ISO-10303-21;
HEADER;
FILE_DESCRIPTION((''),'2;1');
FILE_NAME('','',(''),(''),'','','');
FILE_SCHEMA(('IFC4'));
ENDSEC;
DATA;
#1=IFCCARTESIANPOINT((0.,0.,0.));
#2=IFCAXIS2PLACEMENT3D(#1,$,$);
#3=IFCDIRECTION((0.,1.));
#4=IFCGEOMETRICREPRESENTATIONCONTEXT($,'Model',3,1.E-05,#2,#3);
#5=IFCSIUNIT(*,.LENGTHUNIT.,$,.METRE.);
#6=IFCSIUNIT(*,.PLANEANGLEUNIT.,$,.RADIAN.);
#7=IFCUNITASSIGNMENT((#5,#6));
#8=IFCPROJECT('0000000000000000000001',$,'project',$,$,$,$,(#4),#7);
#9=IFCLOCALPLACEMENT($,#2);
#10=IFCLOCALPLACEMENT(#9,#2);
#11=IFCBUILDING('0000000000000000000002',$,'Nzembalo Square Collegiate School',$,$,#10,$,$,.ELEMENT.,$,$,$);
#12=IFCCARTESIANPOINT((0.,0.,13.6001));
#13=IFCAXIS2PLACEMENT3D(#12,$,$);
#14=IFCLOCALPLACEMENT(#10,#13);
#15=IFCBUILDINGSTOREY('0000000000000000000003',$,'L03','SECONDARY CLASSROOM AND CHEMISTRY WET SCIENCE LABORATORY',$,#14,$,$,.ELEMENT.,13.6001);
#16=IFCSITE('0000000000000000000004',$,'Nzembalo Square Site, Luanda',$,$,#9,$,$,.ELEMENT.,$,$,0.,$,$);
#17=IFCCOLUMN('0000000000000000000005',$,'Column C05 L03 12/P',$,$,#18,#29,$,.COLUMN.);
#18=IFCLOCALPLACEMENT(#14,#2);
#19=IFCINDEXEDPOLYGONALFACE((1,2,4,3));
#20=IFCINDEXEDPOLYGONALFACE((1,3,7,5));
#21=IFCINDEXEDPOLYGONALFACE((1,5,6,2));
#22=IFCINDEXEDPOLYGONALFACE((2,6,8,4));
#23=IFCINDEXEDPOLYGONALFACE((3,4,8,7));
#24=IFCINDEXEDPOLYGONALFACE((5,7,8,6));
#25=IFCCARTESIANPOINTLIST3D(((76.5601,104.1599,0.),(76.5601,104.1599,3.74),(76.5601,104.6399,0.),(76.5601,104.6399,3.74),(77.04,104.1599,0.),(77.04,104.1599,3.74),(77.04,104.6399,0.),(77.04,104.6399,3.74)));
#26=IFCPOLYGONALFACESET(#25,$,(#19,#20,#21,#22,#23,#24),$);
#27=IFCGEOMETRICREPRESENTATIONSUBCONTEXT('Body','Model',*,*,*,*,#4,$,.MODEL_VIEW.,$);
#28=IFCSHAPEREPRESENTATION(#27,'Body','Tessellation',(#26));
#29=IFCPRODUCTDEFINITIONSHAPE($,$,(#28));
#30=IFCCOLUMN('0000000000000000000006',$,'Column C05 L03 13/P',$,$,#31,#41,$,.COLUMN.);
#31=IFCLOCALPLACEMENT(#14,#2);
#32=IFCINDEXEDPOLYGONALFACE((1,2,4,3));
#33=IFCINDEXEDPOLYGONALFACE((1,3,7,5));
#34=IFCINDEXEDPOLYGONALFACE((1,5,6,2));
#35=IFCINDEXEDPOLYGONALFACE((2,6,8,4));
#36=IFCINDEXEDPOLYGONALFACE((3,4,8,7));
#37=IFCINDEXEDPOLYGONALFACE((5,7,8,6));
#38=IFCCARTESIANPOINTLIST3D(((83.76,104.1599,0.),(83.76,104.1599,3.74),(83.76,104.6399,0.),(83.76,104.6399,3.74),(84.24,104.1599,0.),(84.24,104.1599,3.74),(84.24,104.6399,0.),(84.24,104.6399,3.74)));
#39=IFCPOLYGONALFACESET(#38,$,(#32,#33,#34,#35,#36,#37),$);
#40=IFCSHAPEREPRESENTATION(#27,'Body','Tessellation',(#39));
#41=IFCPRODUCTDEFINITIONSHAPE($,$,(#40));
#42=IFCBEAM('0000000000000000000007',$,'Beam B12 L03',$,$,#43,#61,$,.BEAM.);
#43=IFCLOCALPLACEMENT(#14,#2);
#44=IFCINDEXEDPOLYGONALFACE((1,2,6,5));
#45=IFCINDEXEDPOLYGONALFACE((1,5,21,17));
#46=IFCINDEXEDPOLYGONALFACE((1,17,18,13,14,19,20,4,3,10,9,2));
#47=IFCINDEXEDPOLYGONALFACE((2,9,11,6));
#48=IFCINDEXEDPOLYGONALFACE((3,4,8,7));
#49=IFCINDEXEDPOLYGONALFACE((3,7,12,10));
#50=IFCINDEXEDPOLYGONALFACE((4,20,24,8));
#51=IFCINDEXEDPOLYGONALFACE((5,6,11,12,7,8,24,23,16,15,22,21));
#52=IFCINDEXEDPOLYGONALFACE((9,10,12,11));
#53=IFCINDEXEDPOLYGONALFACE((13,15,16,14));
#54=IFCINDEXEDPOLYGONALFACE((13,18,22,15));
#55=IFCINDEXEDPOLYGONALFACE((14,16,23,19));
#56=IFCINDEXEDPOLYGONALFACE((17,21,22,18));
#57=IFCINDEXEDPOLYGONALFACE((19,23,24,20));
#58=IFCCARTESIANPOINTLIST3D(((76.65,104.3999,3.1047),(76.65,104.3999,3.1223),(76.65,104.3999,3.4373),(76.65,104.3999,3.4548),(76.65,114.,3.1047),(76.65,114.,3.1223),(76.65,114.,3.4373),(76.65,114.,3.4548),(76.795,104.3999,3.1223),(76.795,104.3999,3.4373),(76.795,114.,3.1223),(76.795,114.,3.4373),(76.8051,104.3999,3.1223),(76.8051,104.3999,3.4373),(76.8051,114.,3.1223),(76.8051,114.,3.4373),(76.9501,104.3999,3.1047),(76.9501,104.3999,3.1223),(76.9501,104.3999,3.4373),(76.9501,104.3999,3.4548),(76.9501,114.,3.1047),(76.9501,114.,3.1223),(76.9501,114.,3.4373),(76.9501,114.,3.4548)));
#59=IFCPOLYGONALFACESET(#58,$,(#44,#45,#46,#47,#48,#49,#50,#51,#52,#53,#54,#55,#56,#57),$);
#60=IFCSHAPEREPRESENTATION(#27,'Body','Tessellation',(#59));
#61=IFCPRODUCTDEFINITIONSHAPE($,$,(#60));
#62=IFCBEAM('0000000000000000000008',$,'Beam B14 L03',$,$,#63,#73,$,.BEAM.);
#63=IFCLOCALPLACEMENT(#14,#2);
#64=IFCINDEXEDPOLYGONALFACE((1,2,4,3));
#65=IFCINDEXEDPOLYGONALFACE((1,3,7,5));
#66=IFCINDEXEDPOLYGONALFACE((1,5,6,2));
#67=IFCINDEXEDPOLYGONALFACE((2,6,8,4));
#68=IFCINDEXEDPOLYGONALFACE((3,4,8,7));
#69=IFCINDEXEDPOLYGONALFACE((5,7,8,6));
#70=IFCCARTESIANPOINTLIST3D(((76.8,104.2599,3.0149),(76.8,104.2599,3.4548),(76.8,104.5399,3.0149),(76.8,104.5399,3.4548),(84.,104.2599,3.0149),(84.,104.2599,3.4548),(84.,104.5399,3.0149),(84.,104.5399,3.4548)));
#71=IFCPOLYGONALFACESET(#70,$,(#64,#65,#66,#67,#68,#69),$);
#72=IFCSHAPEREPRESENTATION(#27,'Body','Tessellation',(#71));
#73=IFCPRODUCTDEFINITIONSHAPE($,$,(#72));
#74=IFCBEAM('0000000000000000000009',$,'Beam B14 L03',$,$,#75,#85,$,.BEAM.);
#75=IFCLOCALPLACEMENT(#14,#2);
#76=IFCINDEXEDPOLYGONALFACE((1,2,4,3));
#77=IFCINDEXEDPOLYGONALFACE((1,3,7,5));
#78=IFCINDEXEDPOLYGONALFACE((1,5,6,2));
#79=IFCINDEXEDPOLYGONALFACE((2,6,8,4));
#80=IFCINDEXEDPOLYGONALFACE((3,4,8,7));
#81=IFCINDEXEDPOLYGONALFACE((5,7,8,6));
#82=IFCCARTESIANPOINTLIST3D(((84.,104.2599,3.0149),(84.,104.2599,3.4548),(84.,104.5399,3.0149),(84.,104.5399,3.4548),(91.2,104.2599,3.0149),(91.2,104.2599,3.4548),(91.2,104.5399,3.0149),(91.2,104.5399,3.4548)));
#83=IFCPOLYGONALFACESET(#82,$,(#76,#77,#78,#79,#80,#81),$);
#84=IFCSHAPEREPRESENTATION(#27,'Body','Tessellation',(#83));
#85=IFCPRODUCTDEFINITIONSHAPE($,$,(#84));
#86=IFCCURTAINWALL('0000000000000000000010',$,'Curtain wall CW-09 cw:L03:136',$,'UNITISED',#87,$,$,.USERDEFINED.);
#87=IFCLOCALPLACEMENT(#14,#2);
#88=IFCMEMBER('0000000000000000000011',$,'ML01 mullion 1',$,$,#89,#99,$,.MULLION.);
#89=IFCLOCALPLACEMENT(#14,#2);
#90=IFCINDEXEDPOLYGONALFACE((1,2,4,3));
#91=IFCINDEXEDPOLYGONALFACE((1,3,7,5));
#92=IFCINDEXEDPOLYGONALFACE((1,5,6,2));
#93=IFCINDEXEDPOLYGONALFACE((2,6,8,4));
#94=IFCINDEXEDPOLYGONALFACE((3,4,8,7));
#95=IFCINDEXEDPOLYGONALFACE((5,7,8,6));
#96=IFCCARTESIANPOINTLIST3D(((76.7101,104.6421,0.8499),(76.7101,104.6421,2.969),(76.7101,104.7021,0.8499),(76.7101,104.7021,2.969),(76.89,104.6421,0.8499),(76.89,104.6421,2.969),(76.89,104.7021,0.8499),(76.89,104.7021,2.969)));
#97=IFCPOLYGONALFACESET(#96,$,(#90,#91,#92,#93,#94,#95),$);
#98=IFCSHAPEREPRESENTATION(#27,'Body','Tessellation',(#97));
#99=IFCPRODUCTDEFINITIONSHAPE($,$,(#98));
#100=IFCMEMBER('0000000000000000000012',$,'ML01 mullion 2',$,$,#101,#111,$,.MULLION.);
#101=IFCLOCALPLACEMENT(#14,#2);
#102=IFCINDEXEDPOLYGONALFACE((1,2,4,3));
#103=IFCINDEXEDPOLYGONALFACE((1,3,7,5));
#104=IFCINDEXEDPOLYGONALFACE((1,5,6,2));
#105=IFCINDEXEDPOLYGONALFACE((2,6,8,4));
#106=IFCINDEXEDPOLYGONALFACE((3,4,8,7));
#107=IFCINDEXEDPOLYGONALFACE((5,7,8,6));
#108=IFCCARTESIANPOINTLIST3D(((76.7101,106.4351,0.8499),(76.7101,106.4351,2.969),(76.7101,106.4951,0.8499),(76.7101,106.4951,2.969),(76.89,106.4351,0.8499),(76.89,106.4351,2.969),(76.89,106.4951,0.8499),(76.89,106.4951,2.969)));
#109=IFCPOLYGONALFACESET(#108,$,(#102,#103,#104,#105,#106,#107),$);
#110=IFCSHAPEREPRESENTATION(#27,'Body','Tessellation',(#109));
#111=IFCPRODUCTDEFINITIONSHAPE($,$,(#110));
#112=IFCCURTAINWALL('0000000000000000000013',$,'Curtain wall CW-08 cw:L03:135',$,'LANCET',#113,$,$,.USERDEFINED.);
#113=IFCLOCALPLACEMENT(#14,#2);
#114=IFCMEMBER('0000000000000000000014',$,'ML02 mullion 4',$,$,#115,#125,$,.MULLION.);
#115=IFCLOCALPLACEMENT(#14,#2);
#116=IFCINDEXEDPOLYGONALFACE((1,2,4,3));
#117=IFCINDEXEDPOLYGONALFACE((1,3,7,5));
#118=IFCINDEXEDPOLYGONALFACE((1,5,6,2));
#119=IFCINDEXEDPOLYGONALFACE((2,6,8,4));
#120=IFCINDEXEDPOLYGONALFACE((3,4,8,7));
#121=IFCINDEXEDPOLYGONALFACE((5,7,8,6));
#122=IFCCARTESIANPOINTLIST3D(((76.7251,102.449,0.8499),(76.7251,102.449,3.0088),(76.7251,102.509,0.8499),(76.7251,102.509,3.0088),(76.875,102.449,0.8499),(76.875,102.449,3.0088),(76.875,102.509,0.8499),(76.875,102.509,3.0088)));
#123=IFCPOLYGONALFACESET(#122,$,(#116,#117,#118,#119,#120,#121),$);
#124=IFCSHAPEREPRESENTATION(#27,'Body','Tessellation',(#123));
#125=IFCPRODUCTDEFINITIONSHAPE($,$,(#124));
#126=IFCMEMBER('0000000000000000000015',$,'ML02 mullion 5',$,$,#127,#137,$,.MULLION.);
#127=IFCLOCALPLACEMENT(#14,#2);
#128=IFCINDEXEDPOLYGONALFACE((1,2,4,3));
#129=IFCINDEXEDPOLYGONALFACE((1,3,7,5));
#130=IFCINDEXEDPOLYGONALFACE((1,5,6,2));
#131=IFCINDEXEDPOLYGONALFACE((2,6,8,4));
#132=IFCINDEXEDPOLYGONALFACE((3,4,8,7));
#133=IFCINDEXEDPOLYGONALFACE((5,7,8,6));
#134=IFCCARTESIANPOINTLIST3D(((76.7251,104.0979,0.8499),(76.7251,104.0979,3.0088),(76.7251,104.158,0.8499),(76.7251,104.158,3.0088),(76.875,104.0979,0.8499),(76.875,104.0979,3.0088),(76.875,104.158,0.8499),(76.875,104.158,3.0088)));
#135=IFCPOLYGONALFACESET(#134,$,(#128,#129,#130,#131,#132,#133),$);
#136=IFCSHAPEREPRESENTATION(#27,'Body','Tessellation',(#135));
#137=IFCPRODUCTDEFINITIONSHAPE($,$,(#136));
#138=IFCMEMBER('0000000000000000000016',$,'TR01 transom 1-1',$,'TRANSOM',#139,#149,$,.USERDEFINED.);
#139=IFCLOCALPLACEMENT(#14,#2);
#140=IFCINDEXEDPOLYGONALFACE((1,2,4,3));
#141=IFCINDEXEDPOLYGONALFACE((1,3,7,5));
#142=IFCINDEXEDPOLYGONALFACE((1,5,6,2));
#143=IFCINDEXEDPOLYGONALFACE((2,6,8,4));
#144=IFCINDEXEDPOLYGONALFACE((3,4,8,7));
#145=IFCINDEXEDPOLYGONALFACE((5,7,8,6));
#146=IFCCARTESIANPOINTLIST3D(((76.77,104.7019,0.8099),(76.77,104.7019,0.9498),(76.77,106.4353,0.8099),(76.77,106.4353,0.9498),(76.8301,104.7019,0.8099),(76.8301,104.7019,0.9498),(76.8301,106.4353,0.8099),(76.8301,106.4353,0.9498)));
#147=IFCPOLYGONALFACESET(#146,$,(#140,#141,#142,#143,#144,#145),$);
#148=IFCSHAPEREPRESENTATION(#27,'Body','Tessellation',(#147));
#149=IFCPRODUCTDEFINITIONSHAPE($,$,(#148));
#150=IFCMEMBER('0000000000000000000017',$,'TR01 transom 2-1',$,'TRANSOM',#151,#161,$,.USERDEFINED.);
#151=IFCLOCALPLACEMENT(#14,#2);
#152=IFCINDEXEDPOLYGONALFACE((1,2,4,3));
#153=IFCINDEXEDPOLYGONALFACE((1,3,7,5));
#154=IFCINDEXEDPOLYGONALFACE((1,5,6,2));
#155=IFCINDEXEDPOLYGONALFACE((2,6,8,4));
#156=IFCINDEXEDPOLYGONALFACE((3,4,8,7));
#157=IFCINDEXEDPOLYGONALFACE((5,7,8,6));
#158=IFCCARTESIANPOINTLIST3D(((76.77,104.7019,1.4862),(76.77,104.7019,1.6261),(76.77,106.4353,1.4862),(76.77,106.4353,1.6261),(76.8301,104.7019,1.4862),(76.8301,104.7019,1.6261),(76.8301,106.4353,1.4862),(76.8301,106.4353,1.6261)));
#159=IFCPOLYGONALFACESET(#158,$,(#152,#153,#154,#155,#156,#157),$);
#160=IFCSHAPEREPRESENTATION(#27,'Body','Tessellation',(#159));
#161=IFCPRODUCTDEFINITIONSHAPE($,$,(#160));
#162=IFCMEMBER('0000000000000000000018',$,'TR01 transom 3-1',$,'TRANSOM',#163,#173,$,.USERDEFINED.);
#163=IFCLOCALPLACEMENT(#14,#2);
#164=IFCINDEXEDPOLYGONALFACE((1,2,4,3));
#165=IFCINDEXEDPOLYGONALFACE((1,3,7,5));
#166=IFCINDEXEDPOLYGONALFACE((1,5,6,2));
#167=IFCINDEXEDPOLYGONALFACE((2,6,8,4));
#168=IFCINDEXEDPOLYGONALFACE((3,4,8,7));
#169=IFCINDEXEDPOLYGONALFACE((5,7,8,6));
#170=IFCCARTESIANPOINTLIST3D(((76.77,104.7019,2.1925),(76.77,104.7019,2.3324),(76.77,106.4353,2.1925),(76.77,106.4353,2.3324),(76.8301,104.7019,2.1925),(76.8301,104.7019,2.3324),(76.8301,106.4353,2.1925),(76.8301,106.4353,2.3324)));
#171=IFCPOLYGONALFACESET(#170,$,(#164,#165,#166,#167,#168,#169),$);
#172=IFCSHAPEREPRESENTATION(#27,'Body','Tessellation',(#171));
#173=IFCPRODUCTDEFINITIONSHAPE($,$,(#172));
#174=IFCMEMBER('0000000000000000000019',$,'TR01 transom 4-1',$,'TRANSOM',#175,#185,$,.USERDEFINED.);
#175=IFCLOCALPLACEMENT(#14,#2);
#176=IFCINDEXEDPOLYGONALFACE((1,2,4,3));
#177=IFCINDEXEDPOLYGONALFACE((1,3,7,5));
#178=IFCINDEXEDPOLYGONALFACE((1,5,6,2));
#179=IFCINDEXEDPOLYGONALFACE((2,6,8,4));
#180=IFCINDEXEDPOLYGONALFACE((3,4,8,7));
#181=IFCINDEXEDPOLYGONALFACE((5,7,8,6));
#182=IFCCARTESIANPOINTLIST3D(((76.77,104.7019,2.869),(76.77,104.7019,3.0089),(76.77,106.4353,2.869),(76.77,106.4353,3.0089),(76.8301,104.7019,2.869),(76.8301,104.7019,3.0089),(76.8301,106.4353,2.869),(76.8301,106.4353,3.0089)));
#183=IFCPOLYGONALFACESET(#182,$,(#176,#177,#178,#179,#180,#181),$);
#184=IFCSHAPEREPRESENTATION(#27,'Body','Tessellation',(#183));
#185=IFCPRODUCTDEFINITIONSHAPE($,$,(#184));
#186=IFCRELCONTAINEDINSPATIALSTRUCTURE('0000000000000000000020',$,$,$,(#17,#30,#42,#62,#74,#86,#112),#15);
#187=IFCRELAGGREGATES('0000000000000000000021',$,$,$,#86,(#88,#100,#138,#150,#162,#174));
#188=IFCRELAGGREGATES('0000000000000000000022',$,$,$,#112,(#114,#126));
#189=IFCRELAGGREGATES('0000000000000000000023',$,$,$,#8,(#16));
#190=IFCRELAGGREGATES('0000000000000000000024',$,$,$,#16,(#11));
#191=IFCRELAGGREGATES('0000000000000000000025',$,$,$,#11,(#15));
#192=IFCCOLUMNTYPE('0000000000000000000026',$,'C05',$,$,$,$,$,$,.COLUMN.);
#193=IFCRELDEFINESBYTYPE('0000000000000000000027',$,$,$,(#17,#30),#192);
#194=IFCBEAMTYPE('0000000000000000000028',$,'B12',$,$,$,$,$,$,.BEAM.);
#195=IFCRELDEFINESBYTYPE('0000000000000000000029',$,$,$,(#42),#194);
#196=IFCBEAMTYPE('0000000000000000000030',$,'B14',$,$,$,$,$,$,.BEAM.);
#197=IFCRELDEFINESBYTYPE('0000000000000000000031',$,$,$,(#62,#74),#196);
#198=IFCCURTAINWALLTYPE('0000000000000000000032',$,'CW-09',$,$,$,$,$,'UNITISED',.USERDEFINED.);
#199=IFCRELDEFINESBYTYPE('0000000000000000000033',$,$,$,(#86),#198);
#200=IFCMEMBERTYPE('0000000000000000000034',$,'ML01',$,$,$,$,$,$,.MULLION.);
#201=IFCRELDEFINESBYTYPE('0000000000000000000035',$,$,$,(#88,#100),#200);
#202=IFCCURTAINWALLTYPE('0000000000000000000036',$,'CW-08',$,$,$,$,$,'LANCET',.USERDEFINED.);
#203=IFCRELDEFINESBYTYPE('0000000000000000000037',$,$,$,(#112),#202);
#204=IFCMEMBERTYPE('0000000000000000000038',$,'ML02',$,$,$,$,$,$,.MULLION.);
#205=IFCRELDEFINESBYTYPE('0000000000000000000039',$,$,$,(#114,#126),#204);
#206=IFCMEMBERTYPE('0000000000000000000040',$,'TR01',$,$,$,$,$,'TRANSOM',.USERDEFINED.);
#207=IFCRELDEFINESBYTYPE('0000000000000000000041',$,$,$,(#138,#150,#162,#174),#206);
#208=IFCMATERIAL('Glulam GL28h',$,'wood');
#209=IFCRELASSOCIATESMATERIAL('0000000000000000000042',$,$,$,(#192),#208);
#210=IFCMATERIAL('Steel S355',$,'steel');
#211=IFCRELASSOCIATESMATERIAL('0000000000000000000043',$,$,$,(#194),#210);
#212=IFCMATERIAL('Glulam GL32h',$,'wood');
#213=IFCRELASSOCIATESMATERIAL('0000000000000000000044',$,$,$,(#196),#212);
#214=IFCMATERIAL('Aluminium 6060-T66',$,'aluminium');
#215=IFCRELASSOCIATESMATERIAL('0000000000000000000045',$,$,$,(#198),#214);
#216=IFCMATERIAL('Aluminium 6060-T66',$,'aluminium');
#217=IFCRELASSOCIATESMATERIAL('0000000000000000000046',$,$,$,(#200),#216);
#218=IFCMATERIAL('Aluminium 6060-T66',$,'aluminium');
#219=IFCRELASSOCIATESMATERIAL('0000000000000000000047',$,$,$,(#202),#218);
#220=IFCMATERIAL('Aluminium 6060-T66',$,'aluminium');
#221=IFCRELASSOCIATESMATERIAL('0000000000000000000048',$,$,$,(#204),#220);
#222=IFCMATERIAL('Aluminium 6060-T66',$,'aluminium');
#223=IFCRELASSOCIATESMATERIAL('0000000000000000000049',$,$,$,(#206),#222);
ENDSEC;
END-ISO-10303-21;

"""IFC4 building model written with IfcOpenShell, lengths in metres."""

from ifc_helpers import new_model, si_unit, direction, frame, origin, origin_2d, place, context, subcontext, project, spatial, rectangle, i_section, extrude, material, material_profile, profile_set, type_object, element, aggregate, save


model = new_model("IFC4")

# Units and contexts
model_context = context("Model", 3, precision=1e-05, world=origin(), true_north=direction((0.0, 1.0)))
body_context = subcontext(model_context, "Body", "Model", "MODEL_VIEW")
ifc_project = project(units=[si_unit("LENGTHUNIT", "METRE"), si_unit("PLANEANGLEUNIT", "RADIAN")], contexts=[model_context])

# Site, building, storey
site_placement = place(None, origin())
site = spatial("IfcSite", under=ifc_project, at=site_placement, Name="Nzembalo Square Site, Luanda", CompositionType="ELEMENT", RefElevation=0.0)
building_placement = place(site_placement, origin())
building = spatial("IfcBuilding", under=site, at=building_placement, Name="Nzembalo Square Collegiate School", CompositionType="ELEMENT")
storey_placement = place(building_placement, frame((0.0, 0.0, 13.6001)))
storey = spatial("IfcBuildingStorey", under=building, at=storey_placement, Name="L03", Description="SECONDARY CLASSROOM AND CHEMISTRY WET SCIENCE LABORATORY", CompositionType="ELEMENT", Elevation=13.6001)

# Columns
ifc_material_1 = material(Name="Glulam GL28h", Category="wood")
ifc_material_profile_1 = material_profile(ifc_material_1, rectangle(XDim=0.48, YDim=0.48, at=origin_2d()), Name="GL28h 480x480")
ifc_profile_set_1 = profile_set([ifc_material_profile_1], Name="Glulam GL28h")
column_type = type_object("IfcColumnType", Name="C05", PredefinedType="COLUMN", material=ifc_profile_set_1)
for number, where, z_axis, x_axis, name in (
    (1, (76.8, 104.3999, 0.0), (0.0, 0.0, 1.0), (1.0, 0.0, 0.0), "Column C05 L03 12/P"),
    (2, (84.0, 104.3999, 0.0), (0.0, 0.0, 1.0), (1.0, 0.0, 0.0), "Column C05 L03 13/P"),
):
    element("IfcColumn", number, at=place(storey_placement, frame(where, z_axis=z_axis, x_axis=x_axis)), inside=storey, type_object=column_type, Name=name, PredefinedType="COLUMN", context=body_context, shape_type="SweptSolid", body=[
        extrude(rectangle(XDim=0.48, YDim=0.48, at=origin_2d()), origin(), (0.0, 0.0, 1.0), 3.74),
    ])

# Beams
ifc_material_2 = material(Name="Steel S355", Category="steel")
ifc_material_profile_2 = material_profile(ifc_material_2, i_section(OverallWidth=0.3, OverallDepth=0.3501, WebThickness=0.01, FlangeThickness=0.0176, at=origin_2d()), Name="HEA 360")
ifc_profile_set_2 = profile_set([ifc_material_profile_2], Name="Steel S355")
beam_type_1 = type_object("IfcBeamType", Name="B12", PredefinedType="BEAM", material=ifc_profile_set_2)
beam_placement = place(storey_placement, frame((76.8, 104.3999, 3.2798), z_axis=(0.0, 1.0, 0.0), x_axis=(-1.0, 0.0, 0.0)))
element("IfcBeam", 3, at=beam_placement, inside=storey, type_object=beam_type_1, Name="Beam B12 L03", PredefinedType="BEAM", context=body_context, shape_type="SweptSolid", body=[
    extrude(i_section(OverallWidth=0.3, OverallDepth=0.3501, WebThickness=0.01, FlangeThickness=0.0176, at=origin_2d()), origin(), (0.0, 0.0, 1.0), 9.6001),
])
ifc_material_3 = material(Name="Glulam GL32h", Category="wood")
ifc_material_profile_3 = material_profile(ifc_material_3, rectangle(XDim=0.28, YDim=0.4399, at=origin_2d()), Name="GL32h 280x440")
ifc_profile_set_3 = profile_set([ifc_material_profile_3], Name="Glulam GL32h")
beam_type_2 = type_object("IfcBeamType", Name="B14", PredefinedType="BEAM", material=ifc_profile_set_3)
for number, where, z_axis, x_axis, name in (
    (4, (76.8, 104.3999, 3.2349), (1.0, 0.0, 0.0), (0.0, 1.0, 0.0), "Beam B14 L03"),
    (5, (84.0, 104.3999, 3.2349), (1.0, 0.0, 0.0), (0.0, 1.0, 0.0), "Beam B14 L03"),
):
    element("IfcBeam", number, at=place(storey_placement, frame(where, z_axis=z_axis, x_axis=x_axis)), inside=storey, type_object=beam_type_2, Name=name, PredefinedType="BEAM", context=body_context, shape_type="SweptSolid", body=[
        extrude(rectangle(XDim=0.28, YDim=0.4399, at=origin_2d()), origin(), (0.0, 0.0, 1.0), 7.2),
    ])

# Curtain walls, members
ifc_material_4 = material(Name="Aluminium 6060-T66", Category="aluminium")
curtain_wall_type_1 = type_object("IfcCurtainWallType", Name="CW-09", ElementType="UNITISED", PredefinedType="USERDEFINED", material=ifc_material_4)
curtain_wall_1_placement = place(storey_placement, origin())
curtain_wall_1 = element("IfcCurtainWall", 6, at=curtain_wall_1_placement, inside=storey, type_object=curtain_wall_type_1, Name="Curtain wall CW-09 cw:L03:136", ObjectType="UNITISED", PredefinedType="USERDEFINED")
ifc_material_5 = material(Name="Aluminium 6060-T66", Category="aluminium")
ifc_material_profile_4 = material_profile(ifc_material_5, rectangle(XDim=0.0601, YDim=0.1799, at=origin_2d()), Name="ALU M60x180")
ifc_profile_set_4 = profile_set([ifc_material_profile_4], Name="Aluminium 6060-T66")
member_type_1 = type_object("IfcMemberType", Name="ML01", PredefinedType="MULLION", material=ifc_profile_set_4)
member_1_placement = place(storey_placement, frame((76.8, 104.6721, 0.8499), z_axis=(0.0, 0.0, 1.0), x_axis=(0.0, 1.0, 0.0)))
member_1 = element("IfcMember", 7, at=member_1_placement, type_object=member_type_1, Name="ML01 mullion 1", PredefinedType="MULLION", context=body_context, shape_type="SweptSolid", body=[
    extrude(rectangle(XDim=0.0601, YDim=0.1799, at=origin_2d()), origin(), (0.0, 0.0, 1.0), 2.1191),
])
member_2_placement = place(storey_placement, frame((76.8, 106.4651, 0.8499), z_axis=(0.0, 0.0, 1.0), x_axis=(0.0, 1.0, 0.0)))
member_2 = element("IfcMember", 8, at=member_2_placement, type_object=member_type_1, Name="ML01 mullion 2", PredefinedType="MULLION", context=body_context, shape_type="SweptSolid", body=[
    extrude(rectangle(XDim=0.0601, YDim=0.1799, at=origin_2d()), origin(), (0.0, 0.0, 1.0), 2.1191),
])
ifc_material_6 = material(Name="Aluminium 6060-T66", Category="aluminium")
curtain_wall_type_2 = type_object("IfcCurtainWallType", Name="CW-08", ElementType="LANCET", PredefinedType="USERDEFINED", material=ifc_material_6)
curtain_wall_2_placement = place(storey_placement, origin())
curtain_wall_2 = element("IfcCurtainWall", 9, at=curtain_wall_2_placement, inside=storey, type_object=curtain_wall_type_2, Name="Curtain wall CW-08 cw:L03:135", ObjectType="LANCET", PredefinedType="USERDEFINED")
ifc_material_7 = material(Name="Aluminium 6060-T66", Category="aluminium")
ifc_material_profile_5 = material_profile(ifc_material_7, rectangle(XDim=0.0601, YDim=0.1499, at=origin_2d()), Name="ALU M60x150")
ifc_profile_set_5 = profile_set([ifc_material_profile_5], Name="Aluminium 6060-T66")
member_type_2 = type_object("IfcMemberType", Name="ML02", PredefinedType="MULLION", material=ifc_profile_set_5)
member_3_placement = place(storey_placement, frame((76.8, 102.479, 0.8499), z_axis=(0.0, 0.0, 1.0), x_axis=(0.0, 1.0, 0.0)))
member_3 = element("IfcMember", 10, at=member_3_placement, type_object=member_type_2, Name="ML02 mullion 4", PredefinedType="MULLION", context=body_context, shape_type="SweptSolid", body=[
    extrude(rectangle(XDim=0.0601, YDim=0.1499, at=origin_2d()), origin(), (0.0, 0.0, 1.0), 2.1589),
])
member_4_placement = place(storey_placement, frame((76.8, 104.1279, 0.8499), z_axis=(0.0, 0.0, 1.0), x_axis=(0.0, 1.0, 0.0)))
member_4 = element("IfcMember", 11, at=member_4_placement, type_object=member_type_2, Name="ML02 mullion 5", PredefinedType="MULLION", context=body_context, shape_type="SweptSolid", body=[
    extrude(rectangle(XDim=0.0601, YDim=0.1499, at=origin_2d()), origin(), (0.0, 0.0, 1.0), 2.1589),
])

# Members
ifc_material_8 = material(Name="Aluminium 6060-T66", Category="aluminium")
ifc_material_profile_6 = material_profile(ifc_material_8, rectangle(XDim=0.0601, YDim=0.1399, at=origin_2d()), Name="ALU T60x140")
ifc_profile_set_6 = profile_set([ifc_material_profile_6], Name="Aluminium 6060-T66")
member_type_3 = type_object("IfcMemberType", Name="TR01", ElementType="TRANSOM", PredefinedType="USERDEFINED", material=ifc_profile_set_6)
member_5_placement = place(storey_placement, frame((76.8, 104.7019, 0.8799), z_axis=(0.0, 1.0, 0.0), x_axis=(-1.0, 0.0, 0.0)))
member_5 = element("IfcMember", 12, at=member_5_placement, type_object=member_type_3, Name="TR01 transom 1-1", ObjectType="TRANSOM", PredefinedType="USERDEFINED", context=body_context, shape_type="SweptSolid", body=[
    extrude(rectangle(XDim=0.0601, YDim=0.1399, at=origin_2d()), origin(), (0.0, 0.0, 1.0), 1.7334),
])
member_6_placement = place(storey_placement, frame((76.8, 104.7019, 1.5562), z_axis=(0.0, 1.0, 0.0), x_axis=(-1.0, 0.0, 0.0)))
member_6 = element("IfcMember", 13, at=member_6_placement, type_object=member_type_3, Name="TR01 transom 2-1", ObjectType="TRANSOM", PredefinedType="USERDEFINED", context=body_context, shape_type="SweptSolid", body=[
    extrude(rectangle(XDim=0.0601, YDim=0.1399, at=origin_2d()), origin(), (0.0, 0.0, 1.0), 1.7334),
])
member_7_placement = place(storey_placement, frame((76.8, 104.7019, 2.2625), z_axis=(0.0, 1.0, 0.0), x_axis=(-1.0, 0.0, 0.0)))
member_7 = element("IfcMember", 14, at=member_7_placement, type_object=member_type_3, Name="TR01 transom 3-1", ObjectType="TRANSOM", PredefinedType="USERDEFINED", context=body_context, shape_type="SweptSolid", body=[
    extrude(rectangle(XDim=0.0601, YDim=0.1399, at=origin_2d()), origin(), (0.0, 0.0, 1.0), 1.7334),
])
member_8_placement = place(storey_placement, frame((76.8, 104.7019, 2.939), z_axis=(0.0, 1.0, 0.0), x_axis=(-1.0, 0.0, 0.0)))
member_8 = element("IfcMember", 15, at=member_8_placement, type_object=member_type_3, Name="TR01 transom 4-1", ObjectType="TRANSOM", PredefinedType="USERDEFINED", context=body_context, shape_type="SweptSolid", body=[
    extrude(rectangle(XDim=0.0601, YDim=0.1399, at=origin_2d()), origin(), (0.0, 0.0, 1.0), 1.7334),
])

aggregate(curtain_wall_1, [member_1, member_2, member_5, member_6, member_7, member_8])
aggregate(curtain_wall_2, [member_3, member_4])

save(model, "model.ifc")
